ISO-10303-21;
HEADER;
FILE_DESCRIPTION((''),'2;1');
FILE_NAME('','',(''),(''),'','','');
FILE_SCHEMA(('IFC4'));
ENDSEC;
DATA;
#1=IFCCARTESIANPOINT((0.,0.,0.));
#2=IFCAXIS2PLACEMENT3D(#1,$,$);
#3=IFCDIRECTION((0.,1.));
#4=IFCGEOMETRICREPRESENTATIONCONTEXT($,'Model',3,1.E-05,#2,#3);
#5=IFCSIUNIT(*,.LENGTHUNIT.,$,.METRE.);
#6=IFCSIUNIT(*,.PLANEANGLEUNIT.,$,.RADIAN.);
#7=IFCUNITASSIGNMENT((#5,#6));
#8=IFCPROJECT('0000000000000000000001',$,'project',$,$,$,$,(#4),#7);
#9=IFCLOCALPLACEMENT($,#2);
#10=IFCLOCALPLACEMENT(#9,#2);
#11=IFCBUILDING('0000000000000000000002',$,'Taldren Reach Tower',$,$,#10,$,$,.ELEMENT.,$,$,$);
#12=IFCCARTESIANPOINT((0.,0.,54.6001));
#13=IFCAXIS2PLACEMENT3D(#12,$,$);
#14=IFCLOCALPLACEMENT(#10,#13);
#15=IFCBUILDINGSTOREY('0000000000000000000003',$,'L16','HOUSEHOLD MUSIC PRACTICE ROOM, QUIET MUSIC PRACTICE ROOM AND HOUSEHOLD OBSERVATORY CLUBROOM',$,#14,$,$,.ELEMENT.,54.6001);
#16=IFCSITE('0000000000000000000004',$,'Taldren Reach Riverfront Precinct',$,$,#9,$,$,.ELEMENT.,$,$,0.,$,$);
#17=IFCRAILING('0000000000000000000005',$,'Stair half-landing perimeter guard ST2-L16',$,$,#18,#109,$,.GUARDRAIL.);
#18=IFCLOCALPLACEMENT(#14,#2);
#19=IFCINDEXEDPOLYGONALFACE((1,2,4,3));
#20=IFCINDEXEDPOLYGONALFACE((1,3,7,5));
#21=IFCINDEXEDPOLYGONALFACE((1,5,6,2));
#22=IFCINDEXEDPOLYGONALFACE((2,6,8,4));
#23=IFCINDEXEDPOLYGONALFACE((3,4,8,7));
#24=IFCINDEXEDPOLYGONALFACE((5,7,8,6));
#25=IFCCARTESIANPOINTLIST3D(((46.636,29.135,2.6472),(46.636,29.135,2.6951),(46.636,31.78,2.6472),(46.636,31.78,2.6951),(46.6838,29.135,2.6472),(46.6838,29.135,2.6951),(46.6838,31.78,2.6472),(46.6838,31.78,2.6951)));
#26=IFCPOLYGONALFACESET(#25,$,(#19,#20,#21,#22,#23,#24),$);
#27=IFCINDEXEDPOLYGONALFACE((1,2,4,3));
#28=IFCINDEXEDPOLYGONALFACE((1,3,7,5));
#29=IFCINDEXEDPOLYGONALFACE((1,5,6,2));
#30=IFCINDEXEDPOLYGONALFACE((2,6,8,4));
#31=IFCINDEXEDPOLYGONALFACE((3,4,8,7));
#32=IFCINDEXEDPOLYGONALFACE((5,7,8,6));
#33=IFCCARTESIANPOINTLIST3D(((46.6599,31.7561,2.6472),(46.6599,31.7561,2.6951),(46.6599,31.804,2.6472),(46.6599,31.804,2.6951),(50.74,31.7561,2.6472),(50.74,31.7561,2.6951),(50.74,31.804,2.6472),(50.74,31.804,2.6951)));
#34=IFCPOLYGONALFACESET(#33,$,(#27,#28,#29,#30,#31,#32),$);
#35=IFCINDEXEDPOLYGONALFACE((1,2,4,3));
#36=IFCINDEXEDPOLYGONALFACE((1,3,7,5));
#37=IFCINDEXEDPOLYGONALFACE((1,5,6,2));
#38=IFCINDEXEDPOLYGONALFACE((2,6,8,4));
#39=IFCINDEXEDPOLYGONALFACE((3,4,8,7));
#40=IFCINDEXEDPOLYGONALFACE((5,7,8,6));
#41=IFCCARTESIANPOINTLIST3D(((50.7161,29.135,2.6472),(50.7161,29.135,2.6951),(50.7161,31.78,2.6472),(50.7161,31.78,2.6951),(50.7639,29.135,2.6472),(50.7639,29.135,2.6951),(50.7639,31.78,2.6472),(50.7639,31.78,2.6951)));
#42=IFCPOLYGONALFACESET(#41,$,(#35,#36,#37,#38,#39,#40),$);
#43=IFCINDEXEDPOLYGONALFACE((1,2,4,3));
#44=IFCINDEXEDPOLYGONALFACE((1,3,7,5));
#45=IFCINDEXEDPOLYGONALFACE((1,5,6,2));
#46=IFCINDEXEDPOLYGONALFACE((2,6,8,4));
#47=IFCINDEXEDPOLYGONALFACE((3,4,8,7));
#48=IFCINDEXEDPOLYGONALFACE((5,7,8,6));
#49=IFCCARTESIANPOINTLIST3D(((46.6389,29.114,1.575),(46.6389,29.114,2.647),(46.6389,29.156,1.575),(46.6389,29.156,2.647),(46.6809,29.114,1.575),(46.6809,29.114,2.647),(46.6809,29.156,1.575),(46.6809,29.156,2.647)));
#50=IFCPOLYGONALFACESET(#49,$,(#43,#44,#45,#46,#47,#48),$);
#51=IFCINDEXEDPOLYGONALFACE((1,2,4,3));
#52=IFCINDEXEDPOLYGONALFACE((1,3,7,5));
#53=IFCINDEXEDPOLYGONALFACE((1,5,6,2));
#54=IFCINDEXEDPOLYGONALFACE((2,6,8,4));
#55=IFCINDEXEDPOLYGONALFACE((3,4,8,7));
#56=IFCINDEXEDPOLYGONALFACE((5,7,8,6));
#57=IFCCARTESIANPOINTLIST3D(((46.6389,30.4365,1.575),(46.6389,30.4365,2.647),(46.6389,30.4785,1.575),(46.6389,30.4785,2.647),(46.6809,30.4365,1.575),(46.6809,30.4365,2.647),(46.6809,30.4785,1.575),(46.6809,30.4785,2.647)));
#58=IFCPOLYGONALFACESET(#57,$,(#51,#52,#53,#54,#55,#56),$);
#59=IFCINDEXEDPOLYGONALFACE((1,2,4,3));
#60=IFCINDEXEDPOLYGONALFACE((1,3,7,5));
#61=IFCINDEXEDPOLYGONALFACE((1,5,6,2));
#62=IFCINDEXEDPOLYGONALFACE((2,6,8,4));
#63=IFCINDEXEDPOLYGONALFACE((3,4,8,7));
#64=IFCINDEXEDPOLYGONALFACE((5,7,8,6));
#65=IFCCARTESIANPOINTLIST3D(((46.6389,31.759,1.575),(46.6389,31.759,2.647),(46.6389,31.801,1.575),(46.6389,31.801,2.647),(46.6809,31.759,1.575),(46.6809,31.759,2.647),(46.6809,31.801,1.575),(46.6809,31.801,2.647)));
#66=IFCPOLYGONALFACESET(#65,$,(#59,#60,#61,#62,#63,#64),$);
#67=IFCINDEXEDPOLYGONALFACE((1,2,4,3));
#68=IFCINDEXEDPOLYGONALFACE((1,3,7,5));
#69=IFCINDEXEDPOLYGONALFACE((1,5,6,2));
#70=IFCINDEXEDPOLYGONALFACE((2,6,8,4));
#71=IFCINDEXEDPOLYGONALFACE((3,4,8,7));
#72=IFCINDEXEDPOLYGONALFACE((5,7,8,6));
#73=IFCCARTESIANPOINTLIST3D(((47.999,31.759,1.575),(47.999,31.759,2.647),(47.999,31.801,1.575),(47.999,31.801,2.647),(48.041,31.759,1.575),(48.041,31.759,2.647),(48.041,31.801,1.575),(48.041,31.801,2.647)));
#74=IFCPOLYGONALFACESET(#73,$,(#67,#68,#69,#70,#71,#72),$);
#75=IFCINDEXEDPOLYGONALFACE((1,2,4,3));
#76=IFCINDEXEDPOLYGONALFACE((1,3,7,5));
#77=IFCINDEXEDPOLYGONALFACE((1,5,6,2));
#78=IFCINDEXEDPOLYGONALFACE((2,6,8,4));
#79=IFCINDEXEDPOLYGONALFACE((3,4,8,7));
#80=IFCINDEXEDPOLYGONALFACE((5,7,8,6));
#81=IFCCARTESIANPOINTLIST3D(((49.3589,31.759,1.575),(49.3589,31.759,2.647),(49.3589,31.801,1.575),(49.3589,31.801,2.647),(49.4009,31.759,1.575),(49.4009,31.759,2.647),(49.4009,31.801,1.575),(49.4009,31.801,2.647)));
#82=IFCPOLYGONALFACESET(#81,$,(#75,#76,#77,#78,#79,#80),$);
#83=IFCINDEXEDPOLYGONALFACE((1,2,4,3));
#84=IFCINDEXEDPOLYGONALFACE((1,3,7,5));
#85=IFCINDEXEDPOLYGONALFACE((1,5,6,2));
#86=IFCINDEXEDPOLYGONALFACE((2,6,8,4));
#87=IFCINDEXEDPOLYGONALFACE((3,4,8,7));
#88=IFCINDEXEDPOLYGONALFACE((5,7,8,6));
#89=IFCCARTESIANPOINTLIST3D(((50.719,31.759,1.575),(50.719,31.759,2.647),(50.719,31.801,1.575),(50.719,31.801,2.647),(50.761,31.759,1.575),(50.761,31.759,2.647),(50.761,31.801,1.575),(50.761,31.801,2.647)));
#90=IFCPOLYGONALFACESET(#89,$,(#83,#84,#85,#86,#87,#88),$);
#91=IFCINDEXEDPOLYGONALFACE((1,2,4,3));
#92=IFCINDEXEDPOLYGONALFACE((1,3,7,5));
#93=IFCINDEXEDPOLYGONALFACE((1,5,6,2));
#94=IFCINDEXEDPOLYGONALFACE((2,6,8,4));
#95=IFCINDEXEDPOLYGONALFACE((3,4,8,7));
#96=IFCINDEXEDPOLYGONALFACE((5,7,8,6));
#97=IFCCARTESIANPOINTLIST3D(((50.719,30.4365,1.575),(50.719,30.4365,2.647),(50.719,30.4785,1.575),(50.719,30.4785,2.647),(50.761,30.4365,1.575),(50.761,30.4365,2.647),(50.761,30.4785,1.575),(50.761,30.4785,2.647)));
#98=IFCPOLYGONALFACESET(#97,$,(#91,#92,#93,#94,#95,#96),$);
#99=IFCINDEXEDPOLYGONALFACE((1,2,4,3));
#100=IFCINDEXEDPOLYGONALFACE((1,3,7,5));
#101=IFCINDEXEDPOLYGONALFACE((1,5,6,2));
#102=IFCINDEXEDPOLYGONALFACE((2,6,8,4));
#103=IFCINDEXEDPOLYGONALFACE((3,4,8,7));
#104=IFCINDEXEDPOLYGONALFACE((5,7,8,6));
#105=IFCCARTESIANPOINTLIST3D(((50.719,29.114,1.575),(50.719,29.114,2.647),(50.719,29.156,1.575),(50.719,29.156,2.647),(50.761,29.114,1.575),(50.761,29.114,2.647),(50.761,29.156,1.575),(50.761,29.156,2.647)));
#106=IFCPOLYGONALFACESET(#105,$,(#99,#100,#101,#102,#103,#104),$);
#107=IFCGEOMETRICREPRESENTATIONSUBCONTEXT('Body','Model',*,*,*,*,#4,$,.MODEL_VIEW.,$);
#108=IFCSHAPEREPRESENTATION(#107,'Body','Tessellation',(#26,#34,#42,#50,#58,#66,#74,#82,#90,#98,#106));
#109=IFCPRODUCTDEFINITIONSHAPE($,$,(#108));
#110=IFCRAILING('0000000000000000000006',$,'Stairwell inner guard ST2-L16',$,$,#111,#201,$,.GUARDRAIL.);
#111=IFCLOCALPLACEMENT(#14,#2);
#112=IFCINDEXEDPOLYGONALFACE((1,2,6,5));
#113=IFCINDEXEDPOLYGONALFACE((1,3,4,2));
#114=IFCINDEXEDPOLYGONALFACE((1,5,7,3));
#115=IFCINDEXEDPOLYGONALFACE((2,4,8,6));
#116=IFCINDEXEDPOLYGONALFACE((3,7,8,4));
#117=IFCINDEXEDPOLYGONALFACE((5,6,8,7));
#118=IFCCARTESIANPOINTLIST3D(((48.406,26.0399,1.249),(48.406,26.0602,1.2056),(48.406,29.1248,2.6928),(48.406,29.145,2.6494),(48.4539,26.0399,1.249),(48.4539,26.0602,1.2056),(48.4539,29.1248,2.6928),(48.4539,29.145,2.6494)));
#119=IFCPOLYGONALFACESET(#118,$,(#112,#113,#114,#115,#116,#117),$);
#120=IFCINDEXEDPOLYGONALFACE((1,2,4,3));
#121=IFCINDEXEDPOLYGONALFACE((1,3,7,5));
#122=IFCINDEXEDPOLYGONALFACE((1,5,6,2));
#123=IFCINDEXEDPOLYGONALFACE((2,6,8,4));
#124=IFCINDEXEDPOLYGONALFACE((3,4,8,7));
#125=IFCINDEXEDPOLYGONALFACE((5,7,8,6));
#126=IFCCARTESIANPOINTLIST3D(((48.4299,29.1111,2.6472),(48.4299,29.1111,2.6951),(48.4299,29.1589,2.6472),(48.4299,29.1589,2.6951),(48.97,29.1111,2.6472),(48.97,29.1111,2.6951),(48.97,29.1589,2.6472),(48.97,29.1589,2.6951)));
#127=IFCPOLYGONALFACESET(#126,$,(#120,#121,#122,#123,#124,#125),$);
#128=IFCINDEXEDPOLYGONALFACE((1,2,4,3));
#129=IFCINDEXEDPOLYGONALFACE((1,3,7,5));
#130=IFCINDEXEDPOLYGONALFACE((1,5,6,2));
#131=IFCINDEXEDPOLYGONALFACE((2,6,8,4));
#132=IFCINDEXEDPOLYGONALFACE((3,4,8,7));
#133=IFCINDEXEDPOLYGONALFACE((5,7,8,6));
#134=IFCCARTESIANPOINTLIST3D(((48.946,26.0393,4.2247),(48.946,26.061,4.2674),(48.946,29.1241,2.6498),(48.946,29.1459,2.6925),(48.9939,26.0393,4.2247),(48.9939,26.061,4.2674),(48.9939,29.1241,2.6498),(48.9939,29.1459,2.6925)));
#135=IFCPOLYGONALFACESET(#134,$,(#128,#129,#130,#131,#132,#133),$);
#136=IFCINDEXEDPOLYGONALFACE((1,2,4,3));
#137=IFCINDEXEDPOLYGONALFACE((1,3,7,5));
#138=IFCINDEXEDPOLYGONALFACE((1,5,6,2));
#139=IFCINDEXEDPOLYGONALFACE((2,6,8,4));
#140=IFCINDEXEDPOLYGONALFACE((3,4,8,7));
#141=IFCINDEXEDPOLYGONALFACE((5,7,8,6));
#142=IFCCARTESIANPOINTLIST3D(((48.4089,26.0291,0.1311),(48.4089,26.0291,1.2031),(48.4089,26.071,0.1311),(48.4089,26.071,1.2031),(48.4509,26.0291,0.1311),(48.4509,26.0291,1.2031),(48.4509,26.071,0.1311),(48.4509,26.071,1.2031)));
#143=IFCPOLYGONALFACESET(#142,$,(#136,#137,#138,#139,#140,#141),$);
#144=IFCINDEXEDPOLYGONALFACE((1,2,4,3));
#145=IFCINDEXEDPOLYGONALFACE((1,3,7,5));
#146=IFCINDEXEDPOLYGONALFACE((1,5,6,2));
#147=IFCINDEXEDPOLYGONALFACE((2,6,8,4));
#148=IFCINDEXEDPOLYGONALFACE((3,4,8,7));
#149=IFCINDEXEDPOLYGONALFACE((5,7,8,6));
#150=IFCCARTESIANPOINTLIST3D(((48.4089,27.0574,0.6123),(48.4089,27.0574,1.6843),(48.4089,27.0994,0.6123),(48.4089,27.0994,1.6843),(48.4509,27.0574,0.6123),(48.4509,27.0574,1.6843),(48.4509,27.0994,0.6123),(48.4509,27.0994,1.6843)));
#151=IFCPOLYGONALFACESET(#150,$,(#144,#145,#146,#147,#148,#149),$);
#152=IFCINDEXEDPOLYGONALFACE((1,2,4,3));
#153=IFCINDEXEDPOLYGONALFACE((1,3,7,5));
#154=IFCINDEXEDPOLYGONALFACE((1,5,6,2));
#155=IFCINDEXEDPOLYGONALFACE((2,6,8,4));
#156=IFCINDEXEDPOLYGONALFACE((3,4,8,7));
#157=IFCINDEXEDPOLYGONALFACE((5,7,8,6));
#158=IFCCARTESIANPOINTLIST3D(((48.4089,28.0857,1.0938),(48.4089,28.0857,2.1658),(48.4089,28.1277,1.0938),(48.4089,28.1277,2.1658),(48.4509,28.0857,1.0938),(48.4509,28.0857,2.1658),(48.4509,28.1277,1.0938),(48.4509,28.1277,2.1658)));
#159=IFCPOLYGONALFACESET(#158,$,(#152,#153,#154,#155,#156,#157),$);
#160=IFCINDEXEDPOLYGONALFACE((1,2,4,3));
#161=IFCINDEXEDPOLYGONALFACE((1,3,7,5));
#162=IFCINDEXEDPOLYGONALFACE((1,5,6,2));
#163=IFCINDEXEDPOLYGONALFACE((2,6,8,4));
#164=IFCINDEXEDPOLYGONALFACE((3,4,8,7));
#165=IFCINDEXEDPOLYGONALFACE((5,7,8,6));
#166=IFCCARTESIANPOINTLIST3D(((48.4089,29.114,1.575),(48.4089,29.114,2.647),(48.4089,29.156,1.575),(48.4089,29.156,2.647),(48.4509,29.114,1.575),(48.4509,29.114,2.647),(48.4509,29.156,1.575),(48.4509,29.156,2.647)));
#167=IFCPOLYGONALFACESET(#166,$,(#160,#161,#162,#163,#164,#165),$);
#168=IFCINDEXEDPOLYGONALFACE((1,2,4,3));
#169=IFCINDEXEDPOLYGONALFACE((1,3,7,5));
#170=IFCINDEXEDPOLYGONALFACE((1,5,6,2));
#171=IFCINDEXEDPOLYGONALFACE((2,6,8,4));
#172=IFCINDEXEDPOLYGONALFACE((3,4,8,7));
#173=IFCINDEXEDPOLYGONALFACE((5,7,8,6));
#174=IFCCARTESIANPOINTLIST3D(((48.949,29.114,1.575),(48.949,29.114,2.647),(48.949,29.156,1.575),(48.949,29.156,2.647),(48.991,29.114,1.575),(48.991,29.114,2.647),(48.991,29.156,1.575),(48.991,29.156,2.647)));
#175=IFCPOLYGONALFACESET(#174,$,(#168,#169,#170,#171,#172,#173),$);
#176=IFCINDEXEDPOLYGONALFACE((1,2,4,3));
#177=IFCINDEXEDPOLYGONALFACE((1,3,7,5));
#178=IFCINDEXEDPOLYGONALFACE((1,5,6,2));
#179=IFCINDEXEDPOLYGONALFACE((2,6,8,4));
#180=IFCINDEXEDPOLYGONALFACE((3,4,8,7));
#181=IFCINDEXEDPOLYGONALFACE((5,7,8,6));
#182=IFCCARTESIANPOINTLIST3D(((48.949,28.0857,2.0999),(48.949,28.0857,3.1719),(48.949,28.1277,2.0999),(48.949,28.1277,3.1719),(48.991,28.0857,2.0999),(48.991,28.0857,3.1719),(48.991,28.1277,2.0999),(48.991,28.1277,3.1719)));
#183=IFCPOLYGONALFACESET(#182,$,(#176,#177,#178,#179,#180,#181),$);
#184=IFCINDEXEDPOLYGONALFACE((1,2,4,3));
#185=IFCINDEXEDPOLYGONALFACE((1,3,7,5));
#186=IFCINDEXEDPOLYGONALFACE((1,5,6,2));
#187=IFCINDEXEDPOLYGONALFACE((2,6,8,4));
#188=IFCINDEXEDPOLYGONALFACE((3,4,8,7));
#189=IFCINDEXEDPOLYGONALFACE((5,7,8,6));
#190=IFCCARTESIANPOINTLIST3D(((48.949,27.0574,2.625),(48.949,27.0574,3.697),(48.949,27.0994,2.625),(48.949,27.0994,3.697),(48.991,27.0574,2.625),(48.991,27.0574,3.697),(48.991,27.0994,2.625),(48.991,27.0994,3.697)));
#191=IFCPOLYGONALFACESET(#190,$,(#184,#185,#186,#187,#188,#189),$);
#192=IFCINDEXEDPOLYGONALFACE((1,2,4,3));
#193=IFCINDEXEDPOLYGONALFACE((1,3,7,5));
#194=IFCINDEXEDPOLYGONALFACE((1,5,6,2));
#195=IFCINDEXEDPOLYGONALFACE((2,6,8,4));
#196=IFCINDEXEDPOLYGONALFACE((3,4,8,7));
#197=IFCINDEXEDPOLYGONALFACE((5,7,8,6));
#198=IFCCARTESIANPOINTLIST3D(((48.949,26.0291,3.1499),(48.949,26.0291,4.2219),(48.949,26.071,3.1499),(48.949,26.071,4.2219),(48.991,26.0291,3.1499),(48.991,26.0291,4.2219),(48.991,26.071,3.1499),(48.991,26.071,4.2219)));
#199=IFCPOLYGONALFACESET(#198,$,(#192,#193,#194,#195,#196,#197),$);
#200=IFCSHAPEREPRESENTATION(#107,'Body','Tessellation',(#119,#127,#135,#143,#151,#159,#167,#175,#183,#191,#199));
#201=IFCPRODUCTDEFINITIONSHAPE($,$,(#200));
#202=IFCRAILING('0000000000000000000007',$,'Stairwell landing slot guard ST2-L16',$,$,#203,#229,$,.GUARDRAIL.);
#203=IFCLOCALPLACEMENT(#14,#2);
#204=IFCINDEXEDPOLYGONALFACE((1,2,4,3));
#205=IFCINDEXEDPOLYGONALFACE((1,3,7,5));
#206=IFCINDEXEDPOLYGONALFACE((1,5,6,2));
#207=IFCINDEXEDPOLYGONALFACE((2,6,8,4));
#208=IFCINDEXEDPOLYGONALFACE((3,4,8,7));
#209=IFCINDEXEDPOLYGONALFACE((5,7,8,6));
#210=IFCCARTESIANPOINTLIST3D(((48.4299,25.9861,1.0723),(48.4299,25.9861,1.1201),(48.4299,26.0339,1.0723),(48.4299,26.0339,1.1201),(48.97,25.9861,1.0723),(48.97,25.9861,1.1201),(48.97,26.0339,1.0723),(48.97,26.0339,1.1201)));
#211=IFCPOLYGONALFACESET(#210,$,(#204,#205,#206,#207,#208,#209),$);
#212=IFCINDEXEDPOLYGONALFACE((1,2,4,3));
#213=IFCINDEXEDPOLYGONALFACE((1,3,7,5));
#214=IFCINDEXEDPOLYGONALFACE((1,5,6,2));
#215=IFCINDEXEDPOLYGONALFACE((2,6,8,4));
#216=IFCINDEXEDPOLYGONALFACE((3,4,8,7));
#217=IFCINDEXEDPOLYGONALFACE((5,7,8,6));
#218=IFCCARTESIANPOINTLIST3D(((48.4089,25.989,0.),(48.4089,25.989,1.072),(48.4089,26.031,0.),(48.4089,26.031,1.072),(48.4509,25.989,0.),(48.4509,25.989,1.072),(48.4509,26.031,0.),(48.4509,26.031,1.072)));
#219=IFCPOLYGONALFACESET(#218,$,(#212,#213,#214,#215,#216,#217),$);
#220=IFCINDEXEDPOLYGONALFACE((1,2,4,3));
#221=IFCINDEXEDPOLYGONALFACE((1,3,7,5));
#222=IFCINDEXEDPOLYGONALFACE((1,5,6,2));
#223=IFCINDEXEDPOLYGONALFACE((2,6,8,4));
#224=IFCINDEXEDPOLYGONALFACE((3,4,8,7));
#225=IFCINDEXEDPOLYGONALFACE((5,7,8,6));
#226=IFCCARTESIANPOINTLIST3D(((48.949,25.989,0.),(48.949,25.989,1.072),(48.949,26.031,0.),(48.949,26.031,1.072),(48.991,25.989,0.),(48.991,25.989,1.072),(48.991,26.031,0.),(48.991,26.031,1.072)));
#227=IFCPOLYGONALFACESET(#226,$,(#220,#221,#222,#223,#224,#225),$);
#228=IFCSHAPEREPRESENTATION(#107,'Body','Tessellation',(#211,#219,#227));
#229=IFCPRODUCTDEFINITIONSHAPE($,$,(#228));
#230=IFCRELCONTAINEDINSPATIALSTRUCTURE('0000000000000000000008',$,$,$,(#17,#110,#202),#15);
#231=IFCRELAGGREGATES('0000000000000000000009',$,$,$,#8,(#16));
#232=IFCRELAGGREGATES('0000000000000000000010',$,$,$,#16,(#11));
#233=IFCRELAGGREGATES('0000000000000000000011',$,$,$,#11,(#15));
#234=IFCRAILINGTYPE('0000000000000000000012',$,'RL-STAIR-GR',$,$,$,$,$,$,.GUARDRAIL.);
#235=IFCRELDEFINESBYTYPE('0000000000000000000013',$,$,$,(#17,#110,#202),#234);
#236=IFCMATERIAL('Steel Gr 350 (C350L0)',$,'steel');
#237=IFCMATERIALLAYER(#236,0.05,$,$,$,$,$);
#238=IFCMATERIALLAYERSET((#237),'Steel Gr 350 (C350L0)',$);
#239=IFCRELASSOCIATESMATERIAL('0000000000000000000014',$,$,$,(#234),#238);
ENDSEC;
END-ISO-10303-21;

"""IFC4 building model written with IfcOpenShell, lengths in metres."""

from ifc_helpers import new_model, si_unit, direction, frame, origin, origin_2d, place, context, subcontext, project, spatial, rectangle, extrude, material, layer, layer_set, type_object, element, save


model = new_model("IFC4")

# Units and contexts
model_context = context("Model", 3, precision=1e-05, world=origin(), true_north=direction((0.0, 1.0)))
body_context = subcontext(model_context, "Body", "Model", "MODEL_VIEW")
ifc_project = project(units=[si_unit("LENGTHUNIT", "METRE"), si_unit("PLANEANGLEUNIT", "RADIAN")], contexts=[model_context])

# Site, building, storey
site_placement = place(None, origin())
site = spatial("IfcSite", under=ifc_project, at=site_placement, Name="Taldren Reach Riverfront Precinct", CompositionType="ELEMENT", RefElevation=0.0)
building_placement = place(site_placement, origin())
building = spatial("IfcBuilding", under=site, at=building_placement, Name="Taldren Reach Tower", CompositionType="ELEMENT")
storey_placement = place(building_placement, frame((0.0, 0.0, 54.6001)))
storey = spatial("IfcBuildingStorey", under=building, at=storey_placement, Name="L16", Description="HOUSEHOLD MUSIC PRACTICE ROOM, QUIET MUSIC PRACTICE ROOM AND HOUSEHOLD OBSERVATORY CLUBROOM", CompositionType="ELEMENT", Elevation=54.6001)

# Shared definitions
ifc_material_1 = material(Name="Steel Gr 350 (C350L0)", Category="steel")

# Railings
ifc_layer_1 = layer(ifc_material_1, 0.05)
ifc_layer_set_1 = layer_set([ifc_layer_1], Name="Steel Gr 350 (C350L0)")
railing_type_1 = type_object("IfcRailingType", Name="RL-STAIR-GR", PredefinedType="GUARDRAIL", material=ifc_layer_set_1)
railing_1_placement = place(storey_placement, frame((46.6599, 29.135, 1.575)))
element("IfcRailing", 1, at=railing_1_placement, inside=storey, type_object=railing_type_1, Name="Stair half-landing perimeter guard ST2-L16", PredefinedType="GUARDRAIL", context=body_context, shape_type="SweptSolid", body=[
    extrude(rectangle(XDim=0.0479, YDim=0.0479, at=origin_2d()), frame((0.0, 0.0, 1.0962), z_axis=(0.0, 1.0, 0.0), x_axis=(-1.0, 0.0, 0.0)), (0.0, 0.0, 1.0), 2.645),
    extrude(rectangle(XDim=0.0479, YDim=0.0479, at=origin_2d()), frame((0.0, 2.645, 1.0962), z_axis=(1.0, 0.0, 0.0), x_axis=(0.0, 1.0, 0.0)), (0.0, 0.0, 1.0), 4.0801),
    extrude(rectangle(XDim=0.0479, YDim=0.0479, at=origin_2d()), frame((4.0801, 2.645, 1.0962), z_axis=(0.0, -1.0, 0.0), x_axis=(1.0, 0.0, 0.0)), (0.0, 0.0, 1.0), 2.645),
    extrude(rectangle(XDim=0.042, YDim=0.042, at=origin_2d()), origin(), (0.0, 0.0, 1.0), 1.072),
    extrude(rectangle(XDim=0.042, YDim=0.042, at=origin_2d()), frame((0.0, 1.3225, 0.0)), (0.0, 0.0, 1.0), 1.072),
    extrude(rectangle(XDim=0.042, YDim=0.042, at=origin_2d()), frame((0.0, 2.645, 0.0)), (0.0, 0.0, 1.0), 1.072),
    extrude(rectangle(XDim=0.042, YDim=0.042, at=origin_2d()), frame((1.3601, 2.645, 0.0)), (0.0, 0.0, 1.0), 1.072),
    extrude(rectangle(XDim=0.042, YDim=0.042, at=origin_2d()), frame((2.72, 2.645, 0.0)), (0.0, 0.0, 1.0), 1.072),
    extrude(rectangle(XDim=0.042, YDim=0.042, at=origin_2d()), frame((4.0801, 2.645, 0.0)), (0.0, 0.0, 1.0), 1.072),
    extrude(rectangle(XDim=0.042, YDim=0.042, at=origin_2d()), frame((4.0801, 1.3225, 0.0)), (0.0, 0.0, 1.0), 1.072),
    extrude(rectangle(XDim=0.042, YDim=0.042, at=origin_2d()), frame((4.0801, 0.0, 0.0)), (0.0, 0.0, 1.0), 1.072),
])
railing_2_placement = place(storey_placement, frame((48.4299, 26.05, 0.1311)))
element("IfcRailing", 2, at=railing_2_placement, inside=storey, type_object=railing_type_1, Name="Stairwell inner guard ST2-L16", PredefinedType="GUARDRAIL", context=body_context, shape_type="SweptSolid", body=[
    extrude(rectangle(XDim=0.0479, YDim=0.0479, at=origin_2d()), frame((0.0, 0.0, 1.0962), z_axis=(0.0, 0.90571, 0.423898), x_axis=(-1.0, 0.0, 0.0)), (0.0, 0.0, 1.0), 3.406),
    extrude(rectangle(XDim=0.0479, YDim=0.0479, at=origin_2d()), frame((0.0, 3.085, 2.54), z_axis=(1.0, 0.0, 0.0), x_axis=(0.0, 1.0, 0.0)), (0.0, 0.0, 1.0), 0.54),
    extrude(rectangle(XDim=0.0479, YDim=0.0479, at=origin_2d()), frame((0.54, 3.085, 2.54), z_axis=(0.0, -0.890646, 0.454697), x_axis=(1.0, 0.0, 0.0)), (0.0, 0.0, 1.0), 3.4636),
    extrude(rectangle(XDim=0.042, YDim=0.042, at=origin_2d()), origin(), (0.0, 0.0, 1.0), 1.072),
    extrude(rectangle(XDim=0.042, YDim=0.042, at=origin_2d()), frame((0.0, 1.0283, 0.4812)), (0.0, 0.0, 1.0), 1.072),
    extrude(rectangle(XDim=0.042, YDim=0.042, at=origin_2d()), frame((0.0, 2.0566, 0.9626)), (0.0, 0.0, 1.0), 1.072),
    extrude(rectangle(XDim=0.042, YDim=0.042, at=origin_2d()), frame((0.0, 3.085, 1.4438)), (0.0, 0.0, 1.0), 1.072),
    extrude(rectangle(XDim=0.042, YDim=0.042, at=origin_2d()), frame((0.54, 3.085, 1.4438)), (0.0, 0.0, 1.0), 1.072),
    extrude(rectangle(XDim=0.042, YDim=0.042, at=origin_2d()), frame((0.54, 2.0566, 1.9688)), (0.0, 0.0, 1.0), 1.072),
    extrude(rectangle(XDim=0.042, YDim=0.042, at=origin_2d()), frame((0.54, 1.0283, 2.4939)), (0.0, 0.0, 1.0), 1.072),
    extrude(rectangle(XDim=0.042, YDim=0.042, at=origin_2d()), frame((0.54, 0.0, 3.0188)), (0.0, 0.0, 1.0), 1.072),
])
railing_3_placement = place(storey_placement, frame((48.4299, 26.01, 0.0)))
element("IfcRailing", 3, at=railing_3_placement, inside=storey, type_object=railing_type_1, Name="Stairwell landing slot guard ST2-L16", PredefinedType="GUARDRAIL", context=body_context, shape_type="SweptSolid", body=[
    extrude(rectangle(XDim=0.0479, YDim=0.0479, at=origin_2d()), frame((0.0, 0.0, 1.0962), z_axis=(1.0, 0.0, 0.0), x_axis=(0.0, 1.0, 0.0)), (0.0, 0.0, 1.0), 0.54),
    extrude(rectangle(XDim=0.042, YDim=0.042, at=origin_2d()), origin(), (0.0, 0.0, 1.0), 1.072),
    extrude(rectangle(XDim=0.042, YDim=0.042, at=origin_2d()), frame((0.54, 0.0, 0.0)), (0.0, 0.0, 1.0), 1.072),
])

save(model, "model.ifc")
